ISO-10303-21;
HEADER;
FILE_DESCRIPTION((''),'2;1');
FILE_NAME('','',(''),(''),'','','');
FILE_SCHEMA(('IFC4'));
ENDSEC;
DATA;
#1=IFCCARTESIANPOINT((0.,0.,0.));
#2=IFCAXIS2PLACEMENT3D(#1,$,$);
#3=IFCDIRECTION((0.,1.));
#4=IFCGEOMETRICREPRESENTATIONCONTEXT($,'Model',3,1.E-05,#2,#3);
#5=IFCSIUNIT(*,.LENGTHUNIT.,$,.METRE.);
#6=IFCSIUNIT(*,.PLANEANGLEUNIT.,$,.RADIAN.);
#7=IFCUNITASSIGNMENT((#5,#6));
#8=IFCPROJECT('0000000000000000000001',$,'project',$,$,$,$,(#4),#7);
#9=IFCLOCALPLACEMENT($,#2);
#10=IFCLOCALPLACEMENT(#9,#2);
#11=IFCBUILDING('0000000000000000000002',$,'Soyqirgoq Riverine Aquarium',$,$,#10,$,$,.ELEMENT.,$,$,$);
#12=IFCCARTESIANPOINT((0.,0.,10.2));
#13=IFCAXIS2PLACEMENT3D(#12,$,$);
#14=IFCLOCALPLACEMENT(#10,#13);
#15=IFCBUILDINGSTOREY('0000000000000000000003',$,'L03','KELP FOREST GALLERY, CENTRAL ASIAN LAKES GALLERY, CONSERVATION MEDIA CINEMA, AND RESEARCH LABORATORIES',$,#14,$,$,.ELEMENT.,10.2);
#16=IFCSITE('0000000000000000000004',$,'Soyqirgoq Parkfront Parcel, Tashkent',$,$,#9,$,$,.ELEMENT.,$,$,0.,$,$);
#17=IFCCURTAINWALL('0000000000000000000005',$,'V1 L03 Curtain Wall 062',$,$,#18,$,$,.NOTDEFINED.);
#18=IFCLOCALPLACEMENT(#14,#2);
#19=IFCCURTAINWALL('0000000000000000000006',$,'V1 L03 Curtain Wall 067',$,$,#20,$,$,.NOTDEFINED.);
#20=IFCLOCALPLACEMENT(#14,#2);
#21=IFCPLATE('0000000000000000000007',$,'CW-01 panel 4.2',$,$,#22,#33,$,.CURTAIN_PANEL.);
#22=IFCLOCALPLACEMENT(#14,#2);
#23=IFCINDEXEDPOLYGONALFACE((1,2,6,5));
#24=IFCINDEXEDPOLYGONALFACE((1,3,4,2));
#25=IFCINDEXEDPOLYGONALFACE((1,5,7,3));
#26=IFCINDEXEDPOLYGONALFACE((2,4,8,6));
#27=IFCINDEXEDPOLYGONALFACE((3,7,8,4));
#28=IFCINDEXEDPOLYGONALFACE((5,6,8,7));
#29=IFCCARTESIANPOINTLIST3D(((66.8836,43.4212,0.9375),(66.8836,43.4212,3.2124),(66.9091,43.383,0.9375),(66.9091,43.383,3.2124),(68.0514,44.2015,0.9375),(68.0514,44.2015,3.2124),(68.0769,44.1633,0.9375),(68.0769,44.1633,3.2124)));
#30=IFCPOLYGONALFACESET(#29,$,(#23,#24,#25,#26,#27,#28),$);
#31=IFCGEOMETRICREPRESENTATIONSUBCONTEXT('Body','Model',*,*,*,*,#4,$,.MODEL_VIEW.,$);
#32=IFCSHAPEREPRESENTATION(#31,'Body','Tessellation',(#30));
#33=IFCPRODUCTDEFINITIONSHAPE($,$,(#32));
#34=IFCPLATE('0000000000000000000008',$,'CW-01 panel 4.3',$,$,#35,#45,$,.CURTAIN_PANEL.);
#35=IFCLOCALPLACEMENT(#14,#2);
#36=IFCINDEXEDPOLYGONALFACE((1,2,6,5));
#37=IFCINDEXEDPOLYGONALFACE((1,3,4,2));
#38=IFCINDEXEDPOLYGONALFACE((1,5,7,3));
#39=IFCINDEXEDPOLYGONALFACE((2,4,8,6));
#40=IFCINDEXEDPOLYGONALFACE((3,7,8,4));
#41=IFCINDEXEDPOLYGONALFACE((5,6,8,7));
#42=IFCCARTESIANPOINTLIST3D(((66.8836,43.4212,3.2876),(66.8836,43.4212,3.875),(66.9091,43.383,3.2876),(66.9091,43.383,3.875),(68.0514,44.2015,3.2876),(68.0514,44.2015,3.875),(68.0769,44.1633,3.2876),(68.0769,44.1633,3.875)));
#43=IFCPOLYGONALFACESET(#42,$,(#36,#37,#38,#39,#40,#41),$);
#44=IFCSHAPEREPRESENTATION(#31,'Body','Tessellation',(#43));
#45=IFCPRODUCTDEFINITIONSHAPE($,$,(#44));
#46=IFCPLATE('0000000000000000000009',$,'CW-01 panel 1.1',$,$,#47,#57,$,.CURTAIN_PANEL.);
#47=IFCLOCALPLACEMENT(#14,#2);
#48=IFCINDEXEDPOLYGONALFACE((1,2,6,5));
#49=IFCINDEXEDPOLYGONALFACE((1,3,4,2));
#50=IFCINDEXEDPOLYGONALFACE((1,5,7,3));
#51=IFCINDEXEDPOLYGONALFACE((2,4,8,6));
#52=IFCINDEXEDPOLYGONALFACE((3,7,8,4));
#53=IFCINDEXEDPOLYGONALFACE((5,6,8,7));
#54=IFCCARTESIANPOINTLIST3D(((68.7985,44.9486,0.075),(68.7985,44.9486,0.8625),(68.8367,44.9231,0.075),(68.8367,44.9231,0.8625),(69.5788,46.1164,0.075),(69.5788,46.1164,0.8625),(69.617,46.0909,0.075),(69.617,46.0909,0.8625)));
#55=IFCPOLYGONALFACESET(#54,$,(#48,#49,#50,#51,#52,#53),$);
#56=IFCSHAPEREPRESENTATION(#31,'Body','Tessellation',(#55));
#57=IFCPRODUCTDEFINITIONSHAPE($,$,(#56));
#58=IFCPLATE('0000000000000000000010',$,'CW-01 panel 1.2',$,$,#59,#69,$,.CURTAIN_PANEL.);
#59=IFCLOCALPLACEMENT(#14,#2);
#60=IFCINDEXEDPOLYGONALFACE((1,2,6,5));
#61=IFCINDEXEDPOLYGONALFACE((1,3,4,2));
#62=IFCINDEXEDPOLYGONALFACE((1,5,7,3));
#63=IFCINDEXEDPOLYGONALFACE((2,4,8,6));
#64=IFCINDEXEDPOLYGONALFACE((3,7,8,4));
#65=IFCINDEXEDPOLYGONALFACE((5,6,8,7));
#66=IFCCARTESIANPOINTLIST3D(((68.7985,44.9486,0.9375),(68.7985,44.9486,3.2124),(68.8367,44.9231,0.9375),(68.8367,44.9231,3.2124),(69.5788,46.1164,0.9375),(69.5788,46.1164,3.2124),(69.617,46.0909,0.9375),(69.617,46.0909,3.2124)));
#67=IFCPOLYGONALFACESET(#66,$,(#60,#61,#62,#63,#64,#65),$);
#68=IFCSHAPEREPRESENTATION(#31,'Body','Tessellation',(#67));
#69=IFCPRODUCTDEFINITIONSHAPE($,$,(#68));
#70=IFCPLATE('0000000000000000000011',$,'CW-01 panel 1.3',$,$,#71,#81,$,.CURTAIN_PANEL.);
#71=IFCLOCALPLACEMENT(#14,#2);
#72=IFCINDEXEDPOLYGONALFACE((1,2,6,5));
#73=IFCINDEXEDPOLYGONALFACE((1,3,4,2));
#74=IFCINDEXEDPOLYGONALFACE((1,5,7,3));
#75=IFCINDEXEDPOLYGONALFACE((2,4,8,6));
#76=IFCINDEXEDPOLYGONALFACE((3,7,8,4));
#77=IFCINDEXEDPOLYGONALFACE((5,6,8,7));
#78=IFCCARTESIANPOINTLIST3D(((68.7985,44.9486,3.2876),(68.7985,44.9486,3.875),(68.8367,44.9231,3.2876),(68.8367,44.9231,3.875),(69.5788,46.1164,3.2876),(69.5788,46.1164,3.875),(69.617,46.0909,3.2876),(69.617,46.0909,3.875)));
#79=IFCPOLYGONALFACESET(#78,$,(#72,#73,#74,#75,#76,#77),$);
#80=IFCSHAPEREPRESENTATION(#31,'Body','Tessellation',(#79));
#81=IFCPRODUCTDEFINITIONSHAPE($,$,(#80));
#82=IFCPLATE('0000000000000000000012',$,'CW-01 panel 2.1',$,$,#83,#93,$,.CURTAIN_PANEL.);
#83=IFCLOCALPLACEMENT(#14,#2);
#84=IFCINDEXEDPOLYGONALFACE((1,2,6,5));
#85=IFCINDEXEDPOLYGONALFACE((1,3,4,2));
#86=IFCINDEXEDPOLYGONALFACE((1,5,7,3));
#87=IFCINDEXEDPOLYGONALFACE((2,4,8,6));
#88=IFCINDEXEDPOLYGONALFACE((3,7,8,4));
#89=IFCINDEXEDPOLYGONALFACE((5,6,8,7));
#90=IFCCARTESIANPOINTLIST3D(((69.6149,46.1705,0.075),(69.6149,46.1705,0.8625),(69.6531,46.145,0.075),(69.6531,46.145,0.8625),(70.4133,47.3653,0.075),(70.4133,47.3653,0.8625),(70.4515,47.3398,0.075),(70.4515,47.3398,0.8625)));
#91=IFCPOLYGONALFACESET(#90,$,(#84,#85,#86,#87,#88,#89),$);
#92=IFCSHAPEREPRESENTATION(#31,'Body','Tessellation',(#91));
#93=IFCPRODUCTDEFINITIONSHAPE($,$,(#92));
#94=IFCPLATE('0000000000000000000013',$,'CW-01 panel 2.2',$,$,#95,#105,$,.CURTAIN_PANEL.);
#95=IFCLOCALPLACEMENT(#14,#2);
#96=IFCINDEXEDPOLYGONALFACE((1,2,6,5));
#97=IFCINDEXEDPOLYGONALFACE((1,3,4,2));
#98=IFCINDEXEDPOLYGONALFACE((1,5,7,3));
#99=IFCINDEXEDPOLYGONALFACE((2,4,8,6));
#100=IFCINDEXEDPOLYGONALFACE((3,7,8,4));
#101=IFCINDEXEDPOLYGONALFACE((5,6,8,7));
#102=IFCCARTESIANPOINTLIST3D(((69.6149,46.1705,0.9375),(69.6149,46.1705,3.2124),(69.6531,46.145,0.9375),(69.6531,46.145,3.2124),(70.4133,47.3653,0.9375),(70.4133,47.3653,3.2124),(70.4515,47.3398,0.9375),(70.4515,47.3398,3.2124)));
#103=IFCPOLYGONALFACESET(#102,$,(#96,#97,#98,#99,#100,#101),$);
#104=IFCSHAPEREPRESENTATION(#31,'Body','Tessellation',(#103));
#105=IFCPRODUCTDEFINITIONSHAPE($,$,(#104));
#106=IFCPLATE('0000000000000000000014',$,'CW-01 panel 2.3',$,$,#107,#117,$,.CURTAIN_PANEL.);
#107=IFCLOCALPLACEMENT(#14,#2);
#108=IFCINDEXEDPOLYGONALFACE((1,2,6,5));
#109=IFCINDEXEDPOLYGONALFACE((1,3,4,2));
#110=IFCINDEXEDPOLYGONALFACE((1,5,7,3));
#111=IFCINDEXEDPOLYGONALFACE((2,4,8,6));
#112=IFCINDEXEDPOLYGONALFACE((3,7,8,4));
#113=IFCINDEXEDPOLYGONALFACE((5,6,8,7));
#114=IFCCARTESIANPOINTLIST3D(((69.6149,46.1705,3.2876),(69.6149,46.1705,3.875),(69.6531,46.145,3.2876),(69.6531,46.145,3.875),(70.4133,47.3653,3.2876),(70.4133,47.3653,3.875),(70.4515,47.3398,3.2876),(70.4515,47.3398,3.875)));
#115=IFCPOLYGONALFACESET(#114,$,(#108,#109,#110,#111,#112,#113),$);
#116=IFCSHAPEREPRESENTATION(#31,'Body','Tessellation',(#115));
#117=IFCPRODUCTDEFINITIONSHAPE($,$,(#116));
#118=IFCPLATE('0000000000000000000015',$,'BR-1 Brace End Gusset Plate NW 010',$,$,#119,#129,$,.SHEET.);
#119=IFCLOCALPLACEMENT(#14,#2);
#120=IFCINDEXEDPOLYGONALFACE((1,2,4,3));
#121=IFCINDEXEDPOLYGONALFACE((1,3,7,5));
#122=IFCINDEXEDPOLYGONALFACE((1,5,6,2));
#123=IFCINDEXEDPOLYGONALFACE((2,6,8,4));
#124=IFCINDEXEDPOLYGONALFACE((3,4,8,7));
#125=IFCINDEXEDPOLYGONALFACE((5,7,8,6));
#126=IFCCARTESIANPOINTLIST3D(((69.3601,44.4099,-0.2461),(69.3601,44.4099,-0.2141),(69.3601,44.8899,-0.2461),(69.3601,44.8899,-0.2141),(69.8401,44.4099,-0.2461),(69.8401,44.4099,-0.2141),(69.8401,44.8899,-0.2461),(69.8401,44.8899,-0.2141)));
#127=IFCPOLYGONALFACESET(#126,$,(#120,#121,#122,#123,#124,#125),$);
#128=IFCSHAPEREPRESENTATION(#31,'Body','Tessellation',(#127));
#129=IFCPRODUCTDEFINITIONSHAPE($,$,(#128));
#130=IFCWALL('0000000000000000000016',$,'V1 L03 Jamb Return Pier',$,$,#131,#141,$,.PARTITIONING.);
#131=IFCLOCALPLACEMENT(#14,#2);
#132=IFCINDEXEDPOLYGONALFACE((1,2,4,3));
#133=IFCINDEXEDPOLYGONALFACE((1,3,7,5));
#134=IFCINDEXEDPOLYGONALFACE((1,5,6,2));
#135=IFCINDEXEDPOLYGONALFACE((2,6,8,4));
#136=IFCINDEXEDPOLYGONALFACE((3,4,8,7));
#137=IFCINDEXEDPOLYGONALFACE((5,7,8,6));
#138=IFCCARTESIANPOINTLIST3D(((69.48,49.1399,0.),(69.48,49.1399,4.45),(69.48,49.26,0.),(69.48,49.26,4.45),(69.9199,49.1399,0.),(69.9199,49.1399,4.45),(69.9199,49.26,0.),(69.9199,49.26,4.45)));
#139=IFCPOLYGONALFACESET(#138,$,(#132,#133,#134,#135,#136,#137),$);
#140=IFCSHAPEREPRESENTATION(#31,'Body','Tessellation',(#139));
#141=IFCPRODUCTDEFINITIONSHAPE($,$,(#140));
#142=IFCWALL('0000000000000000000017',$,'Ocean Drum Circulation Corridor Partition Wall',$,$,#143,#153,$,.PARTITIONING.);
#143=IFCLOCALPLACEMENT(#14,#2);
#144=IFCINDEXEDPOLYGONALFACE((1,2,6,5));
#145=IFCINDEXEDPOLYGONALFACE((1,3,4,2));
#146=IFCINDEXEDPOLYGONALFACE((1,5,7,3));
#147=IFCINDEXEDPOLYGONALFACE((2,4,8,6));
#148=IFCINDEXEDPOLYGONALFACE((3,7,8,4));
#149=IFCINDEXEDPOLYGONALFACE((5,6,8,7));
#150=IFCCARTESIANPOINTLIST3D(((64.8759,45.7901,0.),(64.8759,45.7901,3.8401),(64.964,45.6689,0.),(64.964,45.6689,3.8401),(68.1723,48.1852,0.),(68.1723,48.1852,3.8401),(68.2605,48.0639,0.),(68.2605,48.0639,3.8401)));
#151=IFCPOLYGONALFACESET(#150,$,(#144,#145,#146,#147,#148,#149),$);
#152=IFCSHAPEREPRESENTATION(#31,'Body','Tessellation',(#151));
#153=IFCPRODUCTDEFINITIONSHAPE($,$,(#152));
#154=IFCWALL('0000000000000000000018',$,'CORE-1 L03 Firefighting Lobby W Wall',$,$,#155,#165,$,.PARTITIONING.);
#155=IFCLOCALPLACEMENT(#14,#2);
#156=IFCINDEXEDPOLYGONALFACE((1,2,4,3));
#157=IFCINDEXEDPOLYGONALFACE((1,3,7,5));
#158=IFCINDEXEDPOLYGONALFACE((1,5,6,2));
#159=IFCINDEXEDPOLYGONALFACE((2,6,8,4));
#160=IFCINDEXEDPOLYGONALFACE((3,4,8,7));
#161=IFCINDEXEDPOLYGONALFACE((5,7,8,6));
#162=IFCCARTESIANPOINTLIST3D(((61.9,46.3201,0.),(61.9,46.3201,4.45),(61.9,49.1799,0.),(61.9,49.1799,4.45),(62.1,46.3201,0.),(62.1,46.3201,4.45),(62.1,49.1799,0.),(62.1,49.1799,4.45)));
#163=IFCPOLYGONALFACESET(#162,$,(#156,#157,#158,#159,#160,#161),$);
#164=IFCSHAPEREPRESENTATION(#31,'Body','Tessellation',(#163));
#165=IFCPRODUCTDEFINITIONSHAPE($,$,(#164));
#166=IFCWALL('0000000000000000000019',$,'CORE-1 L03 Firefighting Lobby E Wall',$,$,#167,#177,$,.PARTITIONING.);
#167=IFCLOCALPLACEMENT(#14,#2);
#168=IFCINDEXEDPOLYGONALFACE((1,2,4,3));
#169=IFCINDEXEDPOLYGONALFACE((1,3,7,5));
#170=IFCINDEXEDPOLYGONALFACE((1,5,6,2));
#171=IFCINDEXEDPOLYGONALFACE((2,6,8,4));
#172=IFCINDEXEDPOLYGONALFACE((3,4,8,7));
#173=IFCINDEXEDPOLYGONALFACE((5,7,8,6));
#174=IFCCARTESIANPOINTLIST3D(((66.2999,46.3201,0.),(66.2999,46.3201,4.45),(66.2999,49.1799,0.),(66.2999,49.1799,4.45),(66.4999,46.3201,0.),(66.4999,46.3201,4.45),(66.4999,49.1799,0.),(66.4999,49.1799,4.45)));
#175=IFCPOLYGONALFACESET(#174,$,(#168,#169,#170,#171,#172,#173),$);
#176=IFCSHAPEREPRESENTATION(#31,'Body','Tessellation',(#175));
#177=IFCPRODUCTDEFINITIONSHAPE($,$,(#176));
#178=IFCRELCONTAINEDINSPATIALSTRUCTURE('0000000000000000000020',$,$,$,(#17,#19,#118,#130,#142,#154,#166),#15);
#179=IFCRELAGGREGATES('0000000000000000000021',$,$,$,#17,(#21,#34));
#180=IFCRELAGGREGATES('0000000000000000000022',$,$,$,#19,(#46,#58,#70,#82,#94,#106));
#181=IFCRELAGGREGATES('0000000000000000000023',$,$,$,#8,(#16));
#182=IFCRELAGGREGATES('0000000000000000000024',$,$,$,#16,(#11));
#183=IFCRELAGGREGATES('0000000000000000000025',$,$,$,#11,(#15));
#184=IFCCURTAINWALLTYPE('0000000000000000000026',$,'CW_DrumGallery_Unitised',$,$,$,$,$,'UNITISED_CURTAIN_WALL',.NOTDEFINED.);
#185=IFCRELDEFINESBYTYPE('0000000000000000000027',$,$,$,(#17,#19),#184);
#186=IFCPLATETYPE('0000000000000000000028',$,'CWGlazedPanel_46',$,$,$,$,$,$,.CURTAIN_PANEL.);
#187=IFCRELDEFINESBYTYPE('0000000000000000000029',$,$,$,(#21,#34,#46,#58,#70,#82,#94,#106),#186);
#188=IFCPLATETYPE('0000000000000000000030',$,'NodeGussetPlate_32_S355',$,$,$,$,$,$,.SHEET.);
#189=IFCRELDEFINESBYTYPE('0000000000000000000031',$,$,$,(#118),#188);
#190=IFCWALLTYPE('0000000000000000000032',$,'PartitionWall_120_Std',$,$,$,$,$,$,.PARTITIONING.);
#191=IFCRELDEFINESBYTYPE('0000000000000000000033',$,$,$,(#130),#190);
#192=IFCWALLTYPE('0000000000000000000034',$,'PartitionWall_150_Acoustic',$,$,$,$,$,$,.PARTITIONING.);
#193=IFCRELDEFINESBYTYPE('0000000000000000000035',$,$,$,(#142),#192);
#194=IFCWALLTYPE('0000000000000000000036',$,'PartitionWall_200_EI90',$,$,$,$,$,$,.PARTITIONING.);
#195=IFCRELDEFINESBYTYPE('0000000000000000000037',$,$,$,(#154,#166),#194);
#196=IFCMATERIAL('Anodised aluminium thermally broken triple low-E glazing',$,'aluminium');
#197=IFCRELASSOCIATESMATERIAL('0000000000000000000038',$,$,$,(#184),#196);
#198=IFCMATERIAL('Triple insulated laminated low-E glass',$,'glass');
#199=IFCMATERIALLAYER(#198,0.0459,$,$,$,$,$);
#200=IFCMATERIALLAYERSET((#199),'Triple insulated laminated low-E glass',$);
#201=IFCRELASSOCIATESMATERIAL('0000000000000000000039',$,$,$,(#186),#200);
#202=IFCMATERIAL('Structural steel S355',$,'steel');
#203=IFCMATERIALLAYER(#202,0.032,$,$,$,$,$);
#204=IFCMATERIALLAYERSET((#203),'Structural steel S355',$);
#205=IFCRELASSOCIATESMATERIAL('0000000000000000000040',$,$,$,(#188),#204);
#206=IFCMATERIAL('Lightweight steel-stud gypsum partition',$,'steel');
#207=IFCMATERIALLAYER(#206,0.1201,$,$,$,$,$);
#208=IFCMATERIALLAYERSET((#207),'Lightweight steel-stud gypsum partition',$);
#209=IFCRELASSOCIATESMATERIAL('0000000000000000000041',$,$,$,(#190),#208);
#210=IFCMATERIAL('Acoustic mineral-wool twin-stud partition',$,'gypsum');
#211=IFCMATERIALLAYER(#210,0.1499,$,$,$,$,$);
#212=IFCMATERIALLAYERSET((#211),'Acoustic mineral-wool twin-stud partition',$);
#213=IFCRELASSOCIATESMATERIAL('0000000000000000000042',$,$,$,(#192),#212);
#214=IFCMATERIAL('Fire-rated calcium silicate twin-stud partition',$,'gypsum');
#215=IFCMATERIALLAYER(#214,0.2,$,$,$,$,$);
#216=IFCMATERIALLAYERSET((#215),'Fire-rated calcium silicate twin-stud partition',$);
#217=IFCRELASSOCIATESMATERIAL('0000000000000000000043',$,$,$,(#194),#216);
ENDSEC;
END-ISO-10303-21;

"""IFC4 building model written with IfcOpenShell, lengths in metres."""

from ifc_helpers import new_model, si_unit, direction, frame, frame_2d, origin, origin_2d, place, context, subcontext, project, spatial, rectangle, extrude, material, layer, layer_set, type_object, element, aggregate, save


model = new_model("IFC4")

# Units and contexts
model_context = context("Model", 3, precision=1e-05, world=origin(), true_north=direction((0.0, 1.0)))
body_context = subcontext(model_context, "Body", "Model", "MODEL_VIEW")
ifc_project = project(units=[si_unit("LENGTHUNIT", "METRE"), si_unit("PLANEANGLEUNIT", "RADIAN")], contexts=[model_context])

# Site, building, storey
site_placement = place(None, origin())
site = spatial("IfcSite", under=ifc_project, at=site_placement, Name="Soyqirgoq Parkfront Parcel, Tashkent", CompositionType="ELEMENT", RefElevation=0.0)
building_placement = place(site_placement, origin())
building = spatial("IfcBuilding", under=site, at=building_placement, Name="Soyqirgoq Riverine Aquarium", CompositionType="ELEMENT")
storey_placement = place(building_placement, frame((0.0, 0.0, 10.2)))
storey = spatial("IfcBuildingStorey", under=building, at=storey_placement, Name="L03", Description="KELP FOREST GALLERY, CENTRAL ASIAN LAKES GALLERY, CONSERVATION MEDIA CINEMA, AND RESEARCH LABORATORIES", CompositionType="ELEMENT", Elevation=10.2)

# Curtain wall
ifc_material_1 = material(Name="Anodised aluminium thermally broken triple low-E glazing", Category="aluminium")
curtain_wall_type = type_object("IfcCurtainWallType", Name="CW_DrumGallery_Unitised", ElementType="UNITISED_CURTAIN_WALL", PredefinedType="NOTDEFINED", material=ifc_material_1)
curtain_wall_1_placement = place(storey_placement, origin())
curtain_wall_1 = element("IfcCurtainWall", 1, at=curtain_wall_1_placement, inside=storey, type_object=curtain_wall_type, Name="V1 L03 Curtain Wall 062", PredefinedType="NOTDEFINED")

# Curtain wall
curtain_wall_2_placement = place(storey_placement, origin())
curtain_wall_2 = element("IfcCurtainWall", 2, at=curtain_wall_2_placement, inside=storey, type_object=curtain_wall_type, Name="V1 L03 Curtain Wall 067", PredefinedType="NOTDEFINED")

# Plates
ifc_material_2 = material(Name="Triple insulated laminated low-E glass", Category="glass")
ifc_layer_1 = layer(ifc_material_2, 0.0459)
ifc_layer_set_1 = layer_set([ifc_layer_1], Name="Triple insulated laminated low-E glass")
plate_type_1 = type_object("IfcPlateType", Name="CWGlazedPanel_46", PredefinedType="CURTAIN_PANEL", material=ifc_layer_set_1)
plate_1_placement = place(storey_placement, frame((67.4802, 43.7922, 0.9375), z_axis=(0.0, 0.0, 1.0), x_axis=(0.831469, 0.555572, 0.0)))
plate_1 = element("IfcPlate", 3, at=plate_1_placement, type_object=plate_type_1, Name="CW-01 panel 4.2", PredefinedType="CURTAIN_PANEL", context=body_context, shape_type="SweptSolid", body=[
    extrude(rectangle(XDim=1.4045, YDim=0.0459, at=origin_2d()), origin(), (0.0, 0.0, 1.0), 2.2749),
])
plate_2_placement = place(storey_placement, frame((67.4802, 43.7922, 3.2876), z_axis=(0.0, 0.0, 1.0), x_axis=(0.831469, 0.555572, 0.0)))
plate_2 = element("IfcPlate", 4, at=plate_2_placement, type_object=plate_type_1, Name="CW-01 panel 4.3", PredefinedType="CURTAIN_PANEL", context=body_context, shape_type="SweptSolid", body=[
    extrude(rectangle(XDim=1.4045, YDim=0.0459, at=origin_2d()), origin(), (0.0, 0.0, 1.0), 0.5874),
])
aggregate(curtain_wall_1, [plate_1, plate_2])
plate_3_placement = place(storey_placement, frame((69.2078, 45.5198, 0.075), z_axis=(0.0, 0.0, 1.0), x_axis=(0.555572, 0.831469, 0.0)))
plate_3 = element("IfcPlate", 5, at=plate_3_placement, type_object=plate_type_1, Name="CW-01 panel 1.1", PredefinedType="CURTAIN_PANEL", context=body_context, shape_type="SweptSolid", body=[
    extrude(rectangle(XDim=1.4045, YDim=0.0459, at=origin_2d()), origin(), (0.0, 0.0, 1.0), 0.7876),
])
plate_4_placement = place(storey_placement, frame((69.2078, 45.5198, 0.9375), z_axis=(0.0, 0.0, 1.0), x_axis=(0.555572, 0.831469, 0.0)))
plate_4 = element("IfcPlate", 6, at=plate_4_placement, type_object=plate_type_1, Name="CW-01 panel 1.2", PredefinedType="CURTAIN_PANEL", context=body_context, shape_type="SweptSolid", body=[
    extrude(rectangle(XDim=1.4045, YDim=0.0459, at=origin_2d()), origin(), (0.0, 0.0, 1.0), 2.2749),
])
plate_5_placement = place(storey_placement, frame((69.2078, 45.5198, 3.2876), z_axis=(0.0, 0.0, 1.0), x_axis=(0.555572, 0.831469, 0.0)))
plate_5 = element("IfcPlate", 7, at=plate_5_placement, type_object=plate_type_1, Name="CW-01 panel 1.3", PredefinedType="CURTAIN_PANEL", context=body_context, shape_type="SweptSolid", body=[
    extrude(rectangle(XDim=1.4045, YDim=0.0459, at=origin_2d()), origin(), (0.0, 0.0, 1.0), 0.5874),
])
plate_6_placement = place(storey_placement, frame((70.0332, 46.7551, 0.075), z_axis=(0.0, 0.0, 1.0), x_axis=(0.555572, 0.831469, 0.0)))
plate_6 = element("IfcPlate", 8, at=plate_6_placement, type_object=plate_type_1, Name="CW-01 panel 2.1", PredefinedType="CURTAIN_PANEL", context=body_context, shape_type="SweptSolid", body=[
    extrude(rectangle(XDim=1.437, YDim=0.0459, at=origin_2d()), origin(), (0.0, 0.0, 1.0), 0.7876),
])
plate_7_placement = place(storey_placement, frame((70.0332, 46.7551, 0.9375), z_axis=(0.0, 0.0, 1.0), x_axis=(0.555572, 0.831469, 0.0)))
plate_7 = element("IfcPlate", 9, at=plate_7_placement, type_object=plate_type_1, Name="CW-01 panel 2.2", PredefinedType="CURTAIN_PANEL", context=body_context, shape_type="SweptSolid", body=[
    extrude(rectangle(XDim=1.437, YDim=0.0459, at=origin_2d()), origin(), (0.0, 0.0, 1.0), 2.2749),
])
plate_8_placement = place(storey_placement, frame((70.0332, 46.7551, 3.2876), z_axis=(0.0, 0.0, 1.0), x_axis=(0.555572, 0.831469, 0.0)))
plate_8 = element("IfcPlate", 10, at=plate_8_placement, type_object=plate_type_1, Name="CW-01 panel 2.3", PredefinedType="CURTAIN_PANEL", context=body_context, shape_type="SweptSolid", body=[
    extrude(rectangle(XDim=1.437, YDim=0.0459, at=origin_2d()), origin(), (0.0, 0.0, 1.0), 0.5874),
])
aggregate(curtain_wall_2, [plate_3, plate_4, plate_5, plate_6, plate_7, plate_8])
ifc_material_3 = material(Name="Structural steel S355", Category="steel")
ifc_layer_2 = layer(ifc_material_3, 0.032)
ifc_layer_set_2 = layer_set([ifc_layer_2], Name="Structural steel S355")
plate_type_2 = type_object("IfcPlateType", Name="NodeGussetPlate_32_S355", PredefinedType="SHEET", material=ifc_layer_set_2)
plate_9_placement = place(storey_placement, frame((69.6001, 44.6499, -0.2461), z_axis=(0.0, 0.0, 1.0), x_axis=(1.0, 0.0, 0.0)))
element("IfcPlate", 11, at=plate_9_placement, inside=storey, type_object=plate_type_2, Name="BR-1 Brace End Gusset Plate NW 010", PredefinedType="SHEET", context=body_context, shape_type="SweptSolid", body=[
    extrude(rectangle(XDim=0.48, YDim=0.48, at=origin_2d()), origin(), (0.0, 0.0, 1.0), 0.032),
])

# Walls
ifc_material_4 = material(Name="Lightweight steel-stud gypsum partition", Category="steel")
ifc_layer_3 = layer(ifc_material_4, 0.1201)
ifc_layer_set_3 = layer_set([ifc_layer_3], Name="Lightweight steel-stud gypsum partition")
wall_type_1 = type_object("IfcWallType", Name="PartitionWall_120_Std", PredefinedType="PARTITIONING", material=ifc_layer_set_3)
wall_1_placement = place(storey_placement, frame((69.9199, 49.2, 0.0), z_axis=(0.0, 0.0, 1.0), x_axis=(-1.0, 0.0, 0.0)))
element("IfcWall", 12, at=wall_1_placement, inside=storey, type_object=wall_type_1, Name="V1 L03 Jamb Return Pier", PredefinedType="PARTITIONING", context=body_context, shape_type="SweptSolid", body=[
    extrude(rectangle(XDim=0.4399, YDim=0.1201, at=frame_2d((0.22, 0.0))), origin(), (0.0, 0.0, 1.0), 4.45),
])
ifc_material_5 = material(Name="Acoustic mineral-wool twin-stud partition", Category="gypsum")
ifc_layer_4 = layer(ifc_material_5, 0.1499)
ifc_layer_set_4 = layer_set([ifc_layer_4], Name="Acoustic mineral-wool twin-stud partition")
wall_type_2 = type_object("IfcWallType", Name="PartitionWall_150_Acoustic", PredefinedType="PARTITIONING", material=ifc_layer_set_4)
wall_2_placement = place(storey_placement, frame((64.9199, 45.7295, 0.0), z_axis=(0.0, 0.0, 1.0), x_axis=(0.809011, 0.587794, 0.0)))
element("IfcWall", 13, at=wall_2_placement, inside=storey, type_object=wall_type_2, Name="Ocean Drum Circulation Corridor Partition Wall", PredefinedType="PARTITIONING", context=body_context, shape_type="SweptSolid", body=[
    extrude(rectangle(XDim=4.0747, YDim=0.1499, at=frame_2d((2.0374, 0.0))), origin(), (0.0, 0.0, 1.0), 3.8401),
])

# Shared definitions
ifc_material_6 = material(Name="Fire-rated calcium silicate twin-stud partition", Category="gypsum")
ifc_layer_5 = layer(ifc_material_6, 0.2)
ifc_layer_set_5 = layer_set([ifc_layer_5], Name="Fire-rated calcium silicate twin-stud partition")
wall_type_3 = type_object("IfcWallType", Name="PartitionWall_200_EI90", PredefinedType="PARTITIONING", material=ifc_layer_set_5)

# Walls
for number, where, z_axis, x_axis, name in (
    (14, (62.0, 46.3201, 0.0), (0.0, 0.0, 1.0), (0.0, 1.0, 0.0), "CORE-1 L03 Firefighting Lobby W Wall"),
    (15, (66.3999, 46.3201, 0.0), (0.0, 0.0, 1.0), (0.0, 1.0, 0.0), "CORE-1 L03 Firefighting Lobby E Wall"),
):
    element("IfcWall", number, at=place(storey_placement, frame(where, z_axis=z_axis, x_axis=x_axis)), inside=storey, type_object=wall_type_3, Name=name, PredefinedType="PARTITIONING", context=body_context, shape_type="SweptSolid", body=[
        extrude(rectangle(XDim=2.8599, YDim=0.2, at=frame_2d((1.4299, 0.0))), origin(), (0.0, 0.0, 1.0), 4.45),
    ])

save(model, "model.ifc")
